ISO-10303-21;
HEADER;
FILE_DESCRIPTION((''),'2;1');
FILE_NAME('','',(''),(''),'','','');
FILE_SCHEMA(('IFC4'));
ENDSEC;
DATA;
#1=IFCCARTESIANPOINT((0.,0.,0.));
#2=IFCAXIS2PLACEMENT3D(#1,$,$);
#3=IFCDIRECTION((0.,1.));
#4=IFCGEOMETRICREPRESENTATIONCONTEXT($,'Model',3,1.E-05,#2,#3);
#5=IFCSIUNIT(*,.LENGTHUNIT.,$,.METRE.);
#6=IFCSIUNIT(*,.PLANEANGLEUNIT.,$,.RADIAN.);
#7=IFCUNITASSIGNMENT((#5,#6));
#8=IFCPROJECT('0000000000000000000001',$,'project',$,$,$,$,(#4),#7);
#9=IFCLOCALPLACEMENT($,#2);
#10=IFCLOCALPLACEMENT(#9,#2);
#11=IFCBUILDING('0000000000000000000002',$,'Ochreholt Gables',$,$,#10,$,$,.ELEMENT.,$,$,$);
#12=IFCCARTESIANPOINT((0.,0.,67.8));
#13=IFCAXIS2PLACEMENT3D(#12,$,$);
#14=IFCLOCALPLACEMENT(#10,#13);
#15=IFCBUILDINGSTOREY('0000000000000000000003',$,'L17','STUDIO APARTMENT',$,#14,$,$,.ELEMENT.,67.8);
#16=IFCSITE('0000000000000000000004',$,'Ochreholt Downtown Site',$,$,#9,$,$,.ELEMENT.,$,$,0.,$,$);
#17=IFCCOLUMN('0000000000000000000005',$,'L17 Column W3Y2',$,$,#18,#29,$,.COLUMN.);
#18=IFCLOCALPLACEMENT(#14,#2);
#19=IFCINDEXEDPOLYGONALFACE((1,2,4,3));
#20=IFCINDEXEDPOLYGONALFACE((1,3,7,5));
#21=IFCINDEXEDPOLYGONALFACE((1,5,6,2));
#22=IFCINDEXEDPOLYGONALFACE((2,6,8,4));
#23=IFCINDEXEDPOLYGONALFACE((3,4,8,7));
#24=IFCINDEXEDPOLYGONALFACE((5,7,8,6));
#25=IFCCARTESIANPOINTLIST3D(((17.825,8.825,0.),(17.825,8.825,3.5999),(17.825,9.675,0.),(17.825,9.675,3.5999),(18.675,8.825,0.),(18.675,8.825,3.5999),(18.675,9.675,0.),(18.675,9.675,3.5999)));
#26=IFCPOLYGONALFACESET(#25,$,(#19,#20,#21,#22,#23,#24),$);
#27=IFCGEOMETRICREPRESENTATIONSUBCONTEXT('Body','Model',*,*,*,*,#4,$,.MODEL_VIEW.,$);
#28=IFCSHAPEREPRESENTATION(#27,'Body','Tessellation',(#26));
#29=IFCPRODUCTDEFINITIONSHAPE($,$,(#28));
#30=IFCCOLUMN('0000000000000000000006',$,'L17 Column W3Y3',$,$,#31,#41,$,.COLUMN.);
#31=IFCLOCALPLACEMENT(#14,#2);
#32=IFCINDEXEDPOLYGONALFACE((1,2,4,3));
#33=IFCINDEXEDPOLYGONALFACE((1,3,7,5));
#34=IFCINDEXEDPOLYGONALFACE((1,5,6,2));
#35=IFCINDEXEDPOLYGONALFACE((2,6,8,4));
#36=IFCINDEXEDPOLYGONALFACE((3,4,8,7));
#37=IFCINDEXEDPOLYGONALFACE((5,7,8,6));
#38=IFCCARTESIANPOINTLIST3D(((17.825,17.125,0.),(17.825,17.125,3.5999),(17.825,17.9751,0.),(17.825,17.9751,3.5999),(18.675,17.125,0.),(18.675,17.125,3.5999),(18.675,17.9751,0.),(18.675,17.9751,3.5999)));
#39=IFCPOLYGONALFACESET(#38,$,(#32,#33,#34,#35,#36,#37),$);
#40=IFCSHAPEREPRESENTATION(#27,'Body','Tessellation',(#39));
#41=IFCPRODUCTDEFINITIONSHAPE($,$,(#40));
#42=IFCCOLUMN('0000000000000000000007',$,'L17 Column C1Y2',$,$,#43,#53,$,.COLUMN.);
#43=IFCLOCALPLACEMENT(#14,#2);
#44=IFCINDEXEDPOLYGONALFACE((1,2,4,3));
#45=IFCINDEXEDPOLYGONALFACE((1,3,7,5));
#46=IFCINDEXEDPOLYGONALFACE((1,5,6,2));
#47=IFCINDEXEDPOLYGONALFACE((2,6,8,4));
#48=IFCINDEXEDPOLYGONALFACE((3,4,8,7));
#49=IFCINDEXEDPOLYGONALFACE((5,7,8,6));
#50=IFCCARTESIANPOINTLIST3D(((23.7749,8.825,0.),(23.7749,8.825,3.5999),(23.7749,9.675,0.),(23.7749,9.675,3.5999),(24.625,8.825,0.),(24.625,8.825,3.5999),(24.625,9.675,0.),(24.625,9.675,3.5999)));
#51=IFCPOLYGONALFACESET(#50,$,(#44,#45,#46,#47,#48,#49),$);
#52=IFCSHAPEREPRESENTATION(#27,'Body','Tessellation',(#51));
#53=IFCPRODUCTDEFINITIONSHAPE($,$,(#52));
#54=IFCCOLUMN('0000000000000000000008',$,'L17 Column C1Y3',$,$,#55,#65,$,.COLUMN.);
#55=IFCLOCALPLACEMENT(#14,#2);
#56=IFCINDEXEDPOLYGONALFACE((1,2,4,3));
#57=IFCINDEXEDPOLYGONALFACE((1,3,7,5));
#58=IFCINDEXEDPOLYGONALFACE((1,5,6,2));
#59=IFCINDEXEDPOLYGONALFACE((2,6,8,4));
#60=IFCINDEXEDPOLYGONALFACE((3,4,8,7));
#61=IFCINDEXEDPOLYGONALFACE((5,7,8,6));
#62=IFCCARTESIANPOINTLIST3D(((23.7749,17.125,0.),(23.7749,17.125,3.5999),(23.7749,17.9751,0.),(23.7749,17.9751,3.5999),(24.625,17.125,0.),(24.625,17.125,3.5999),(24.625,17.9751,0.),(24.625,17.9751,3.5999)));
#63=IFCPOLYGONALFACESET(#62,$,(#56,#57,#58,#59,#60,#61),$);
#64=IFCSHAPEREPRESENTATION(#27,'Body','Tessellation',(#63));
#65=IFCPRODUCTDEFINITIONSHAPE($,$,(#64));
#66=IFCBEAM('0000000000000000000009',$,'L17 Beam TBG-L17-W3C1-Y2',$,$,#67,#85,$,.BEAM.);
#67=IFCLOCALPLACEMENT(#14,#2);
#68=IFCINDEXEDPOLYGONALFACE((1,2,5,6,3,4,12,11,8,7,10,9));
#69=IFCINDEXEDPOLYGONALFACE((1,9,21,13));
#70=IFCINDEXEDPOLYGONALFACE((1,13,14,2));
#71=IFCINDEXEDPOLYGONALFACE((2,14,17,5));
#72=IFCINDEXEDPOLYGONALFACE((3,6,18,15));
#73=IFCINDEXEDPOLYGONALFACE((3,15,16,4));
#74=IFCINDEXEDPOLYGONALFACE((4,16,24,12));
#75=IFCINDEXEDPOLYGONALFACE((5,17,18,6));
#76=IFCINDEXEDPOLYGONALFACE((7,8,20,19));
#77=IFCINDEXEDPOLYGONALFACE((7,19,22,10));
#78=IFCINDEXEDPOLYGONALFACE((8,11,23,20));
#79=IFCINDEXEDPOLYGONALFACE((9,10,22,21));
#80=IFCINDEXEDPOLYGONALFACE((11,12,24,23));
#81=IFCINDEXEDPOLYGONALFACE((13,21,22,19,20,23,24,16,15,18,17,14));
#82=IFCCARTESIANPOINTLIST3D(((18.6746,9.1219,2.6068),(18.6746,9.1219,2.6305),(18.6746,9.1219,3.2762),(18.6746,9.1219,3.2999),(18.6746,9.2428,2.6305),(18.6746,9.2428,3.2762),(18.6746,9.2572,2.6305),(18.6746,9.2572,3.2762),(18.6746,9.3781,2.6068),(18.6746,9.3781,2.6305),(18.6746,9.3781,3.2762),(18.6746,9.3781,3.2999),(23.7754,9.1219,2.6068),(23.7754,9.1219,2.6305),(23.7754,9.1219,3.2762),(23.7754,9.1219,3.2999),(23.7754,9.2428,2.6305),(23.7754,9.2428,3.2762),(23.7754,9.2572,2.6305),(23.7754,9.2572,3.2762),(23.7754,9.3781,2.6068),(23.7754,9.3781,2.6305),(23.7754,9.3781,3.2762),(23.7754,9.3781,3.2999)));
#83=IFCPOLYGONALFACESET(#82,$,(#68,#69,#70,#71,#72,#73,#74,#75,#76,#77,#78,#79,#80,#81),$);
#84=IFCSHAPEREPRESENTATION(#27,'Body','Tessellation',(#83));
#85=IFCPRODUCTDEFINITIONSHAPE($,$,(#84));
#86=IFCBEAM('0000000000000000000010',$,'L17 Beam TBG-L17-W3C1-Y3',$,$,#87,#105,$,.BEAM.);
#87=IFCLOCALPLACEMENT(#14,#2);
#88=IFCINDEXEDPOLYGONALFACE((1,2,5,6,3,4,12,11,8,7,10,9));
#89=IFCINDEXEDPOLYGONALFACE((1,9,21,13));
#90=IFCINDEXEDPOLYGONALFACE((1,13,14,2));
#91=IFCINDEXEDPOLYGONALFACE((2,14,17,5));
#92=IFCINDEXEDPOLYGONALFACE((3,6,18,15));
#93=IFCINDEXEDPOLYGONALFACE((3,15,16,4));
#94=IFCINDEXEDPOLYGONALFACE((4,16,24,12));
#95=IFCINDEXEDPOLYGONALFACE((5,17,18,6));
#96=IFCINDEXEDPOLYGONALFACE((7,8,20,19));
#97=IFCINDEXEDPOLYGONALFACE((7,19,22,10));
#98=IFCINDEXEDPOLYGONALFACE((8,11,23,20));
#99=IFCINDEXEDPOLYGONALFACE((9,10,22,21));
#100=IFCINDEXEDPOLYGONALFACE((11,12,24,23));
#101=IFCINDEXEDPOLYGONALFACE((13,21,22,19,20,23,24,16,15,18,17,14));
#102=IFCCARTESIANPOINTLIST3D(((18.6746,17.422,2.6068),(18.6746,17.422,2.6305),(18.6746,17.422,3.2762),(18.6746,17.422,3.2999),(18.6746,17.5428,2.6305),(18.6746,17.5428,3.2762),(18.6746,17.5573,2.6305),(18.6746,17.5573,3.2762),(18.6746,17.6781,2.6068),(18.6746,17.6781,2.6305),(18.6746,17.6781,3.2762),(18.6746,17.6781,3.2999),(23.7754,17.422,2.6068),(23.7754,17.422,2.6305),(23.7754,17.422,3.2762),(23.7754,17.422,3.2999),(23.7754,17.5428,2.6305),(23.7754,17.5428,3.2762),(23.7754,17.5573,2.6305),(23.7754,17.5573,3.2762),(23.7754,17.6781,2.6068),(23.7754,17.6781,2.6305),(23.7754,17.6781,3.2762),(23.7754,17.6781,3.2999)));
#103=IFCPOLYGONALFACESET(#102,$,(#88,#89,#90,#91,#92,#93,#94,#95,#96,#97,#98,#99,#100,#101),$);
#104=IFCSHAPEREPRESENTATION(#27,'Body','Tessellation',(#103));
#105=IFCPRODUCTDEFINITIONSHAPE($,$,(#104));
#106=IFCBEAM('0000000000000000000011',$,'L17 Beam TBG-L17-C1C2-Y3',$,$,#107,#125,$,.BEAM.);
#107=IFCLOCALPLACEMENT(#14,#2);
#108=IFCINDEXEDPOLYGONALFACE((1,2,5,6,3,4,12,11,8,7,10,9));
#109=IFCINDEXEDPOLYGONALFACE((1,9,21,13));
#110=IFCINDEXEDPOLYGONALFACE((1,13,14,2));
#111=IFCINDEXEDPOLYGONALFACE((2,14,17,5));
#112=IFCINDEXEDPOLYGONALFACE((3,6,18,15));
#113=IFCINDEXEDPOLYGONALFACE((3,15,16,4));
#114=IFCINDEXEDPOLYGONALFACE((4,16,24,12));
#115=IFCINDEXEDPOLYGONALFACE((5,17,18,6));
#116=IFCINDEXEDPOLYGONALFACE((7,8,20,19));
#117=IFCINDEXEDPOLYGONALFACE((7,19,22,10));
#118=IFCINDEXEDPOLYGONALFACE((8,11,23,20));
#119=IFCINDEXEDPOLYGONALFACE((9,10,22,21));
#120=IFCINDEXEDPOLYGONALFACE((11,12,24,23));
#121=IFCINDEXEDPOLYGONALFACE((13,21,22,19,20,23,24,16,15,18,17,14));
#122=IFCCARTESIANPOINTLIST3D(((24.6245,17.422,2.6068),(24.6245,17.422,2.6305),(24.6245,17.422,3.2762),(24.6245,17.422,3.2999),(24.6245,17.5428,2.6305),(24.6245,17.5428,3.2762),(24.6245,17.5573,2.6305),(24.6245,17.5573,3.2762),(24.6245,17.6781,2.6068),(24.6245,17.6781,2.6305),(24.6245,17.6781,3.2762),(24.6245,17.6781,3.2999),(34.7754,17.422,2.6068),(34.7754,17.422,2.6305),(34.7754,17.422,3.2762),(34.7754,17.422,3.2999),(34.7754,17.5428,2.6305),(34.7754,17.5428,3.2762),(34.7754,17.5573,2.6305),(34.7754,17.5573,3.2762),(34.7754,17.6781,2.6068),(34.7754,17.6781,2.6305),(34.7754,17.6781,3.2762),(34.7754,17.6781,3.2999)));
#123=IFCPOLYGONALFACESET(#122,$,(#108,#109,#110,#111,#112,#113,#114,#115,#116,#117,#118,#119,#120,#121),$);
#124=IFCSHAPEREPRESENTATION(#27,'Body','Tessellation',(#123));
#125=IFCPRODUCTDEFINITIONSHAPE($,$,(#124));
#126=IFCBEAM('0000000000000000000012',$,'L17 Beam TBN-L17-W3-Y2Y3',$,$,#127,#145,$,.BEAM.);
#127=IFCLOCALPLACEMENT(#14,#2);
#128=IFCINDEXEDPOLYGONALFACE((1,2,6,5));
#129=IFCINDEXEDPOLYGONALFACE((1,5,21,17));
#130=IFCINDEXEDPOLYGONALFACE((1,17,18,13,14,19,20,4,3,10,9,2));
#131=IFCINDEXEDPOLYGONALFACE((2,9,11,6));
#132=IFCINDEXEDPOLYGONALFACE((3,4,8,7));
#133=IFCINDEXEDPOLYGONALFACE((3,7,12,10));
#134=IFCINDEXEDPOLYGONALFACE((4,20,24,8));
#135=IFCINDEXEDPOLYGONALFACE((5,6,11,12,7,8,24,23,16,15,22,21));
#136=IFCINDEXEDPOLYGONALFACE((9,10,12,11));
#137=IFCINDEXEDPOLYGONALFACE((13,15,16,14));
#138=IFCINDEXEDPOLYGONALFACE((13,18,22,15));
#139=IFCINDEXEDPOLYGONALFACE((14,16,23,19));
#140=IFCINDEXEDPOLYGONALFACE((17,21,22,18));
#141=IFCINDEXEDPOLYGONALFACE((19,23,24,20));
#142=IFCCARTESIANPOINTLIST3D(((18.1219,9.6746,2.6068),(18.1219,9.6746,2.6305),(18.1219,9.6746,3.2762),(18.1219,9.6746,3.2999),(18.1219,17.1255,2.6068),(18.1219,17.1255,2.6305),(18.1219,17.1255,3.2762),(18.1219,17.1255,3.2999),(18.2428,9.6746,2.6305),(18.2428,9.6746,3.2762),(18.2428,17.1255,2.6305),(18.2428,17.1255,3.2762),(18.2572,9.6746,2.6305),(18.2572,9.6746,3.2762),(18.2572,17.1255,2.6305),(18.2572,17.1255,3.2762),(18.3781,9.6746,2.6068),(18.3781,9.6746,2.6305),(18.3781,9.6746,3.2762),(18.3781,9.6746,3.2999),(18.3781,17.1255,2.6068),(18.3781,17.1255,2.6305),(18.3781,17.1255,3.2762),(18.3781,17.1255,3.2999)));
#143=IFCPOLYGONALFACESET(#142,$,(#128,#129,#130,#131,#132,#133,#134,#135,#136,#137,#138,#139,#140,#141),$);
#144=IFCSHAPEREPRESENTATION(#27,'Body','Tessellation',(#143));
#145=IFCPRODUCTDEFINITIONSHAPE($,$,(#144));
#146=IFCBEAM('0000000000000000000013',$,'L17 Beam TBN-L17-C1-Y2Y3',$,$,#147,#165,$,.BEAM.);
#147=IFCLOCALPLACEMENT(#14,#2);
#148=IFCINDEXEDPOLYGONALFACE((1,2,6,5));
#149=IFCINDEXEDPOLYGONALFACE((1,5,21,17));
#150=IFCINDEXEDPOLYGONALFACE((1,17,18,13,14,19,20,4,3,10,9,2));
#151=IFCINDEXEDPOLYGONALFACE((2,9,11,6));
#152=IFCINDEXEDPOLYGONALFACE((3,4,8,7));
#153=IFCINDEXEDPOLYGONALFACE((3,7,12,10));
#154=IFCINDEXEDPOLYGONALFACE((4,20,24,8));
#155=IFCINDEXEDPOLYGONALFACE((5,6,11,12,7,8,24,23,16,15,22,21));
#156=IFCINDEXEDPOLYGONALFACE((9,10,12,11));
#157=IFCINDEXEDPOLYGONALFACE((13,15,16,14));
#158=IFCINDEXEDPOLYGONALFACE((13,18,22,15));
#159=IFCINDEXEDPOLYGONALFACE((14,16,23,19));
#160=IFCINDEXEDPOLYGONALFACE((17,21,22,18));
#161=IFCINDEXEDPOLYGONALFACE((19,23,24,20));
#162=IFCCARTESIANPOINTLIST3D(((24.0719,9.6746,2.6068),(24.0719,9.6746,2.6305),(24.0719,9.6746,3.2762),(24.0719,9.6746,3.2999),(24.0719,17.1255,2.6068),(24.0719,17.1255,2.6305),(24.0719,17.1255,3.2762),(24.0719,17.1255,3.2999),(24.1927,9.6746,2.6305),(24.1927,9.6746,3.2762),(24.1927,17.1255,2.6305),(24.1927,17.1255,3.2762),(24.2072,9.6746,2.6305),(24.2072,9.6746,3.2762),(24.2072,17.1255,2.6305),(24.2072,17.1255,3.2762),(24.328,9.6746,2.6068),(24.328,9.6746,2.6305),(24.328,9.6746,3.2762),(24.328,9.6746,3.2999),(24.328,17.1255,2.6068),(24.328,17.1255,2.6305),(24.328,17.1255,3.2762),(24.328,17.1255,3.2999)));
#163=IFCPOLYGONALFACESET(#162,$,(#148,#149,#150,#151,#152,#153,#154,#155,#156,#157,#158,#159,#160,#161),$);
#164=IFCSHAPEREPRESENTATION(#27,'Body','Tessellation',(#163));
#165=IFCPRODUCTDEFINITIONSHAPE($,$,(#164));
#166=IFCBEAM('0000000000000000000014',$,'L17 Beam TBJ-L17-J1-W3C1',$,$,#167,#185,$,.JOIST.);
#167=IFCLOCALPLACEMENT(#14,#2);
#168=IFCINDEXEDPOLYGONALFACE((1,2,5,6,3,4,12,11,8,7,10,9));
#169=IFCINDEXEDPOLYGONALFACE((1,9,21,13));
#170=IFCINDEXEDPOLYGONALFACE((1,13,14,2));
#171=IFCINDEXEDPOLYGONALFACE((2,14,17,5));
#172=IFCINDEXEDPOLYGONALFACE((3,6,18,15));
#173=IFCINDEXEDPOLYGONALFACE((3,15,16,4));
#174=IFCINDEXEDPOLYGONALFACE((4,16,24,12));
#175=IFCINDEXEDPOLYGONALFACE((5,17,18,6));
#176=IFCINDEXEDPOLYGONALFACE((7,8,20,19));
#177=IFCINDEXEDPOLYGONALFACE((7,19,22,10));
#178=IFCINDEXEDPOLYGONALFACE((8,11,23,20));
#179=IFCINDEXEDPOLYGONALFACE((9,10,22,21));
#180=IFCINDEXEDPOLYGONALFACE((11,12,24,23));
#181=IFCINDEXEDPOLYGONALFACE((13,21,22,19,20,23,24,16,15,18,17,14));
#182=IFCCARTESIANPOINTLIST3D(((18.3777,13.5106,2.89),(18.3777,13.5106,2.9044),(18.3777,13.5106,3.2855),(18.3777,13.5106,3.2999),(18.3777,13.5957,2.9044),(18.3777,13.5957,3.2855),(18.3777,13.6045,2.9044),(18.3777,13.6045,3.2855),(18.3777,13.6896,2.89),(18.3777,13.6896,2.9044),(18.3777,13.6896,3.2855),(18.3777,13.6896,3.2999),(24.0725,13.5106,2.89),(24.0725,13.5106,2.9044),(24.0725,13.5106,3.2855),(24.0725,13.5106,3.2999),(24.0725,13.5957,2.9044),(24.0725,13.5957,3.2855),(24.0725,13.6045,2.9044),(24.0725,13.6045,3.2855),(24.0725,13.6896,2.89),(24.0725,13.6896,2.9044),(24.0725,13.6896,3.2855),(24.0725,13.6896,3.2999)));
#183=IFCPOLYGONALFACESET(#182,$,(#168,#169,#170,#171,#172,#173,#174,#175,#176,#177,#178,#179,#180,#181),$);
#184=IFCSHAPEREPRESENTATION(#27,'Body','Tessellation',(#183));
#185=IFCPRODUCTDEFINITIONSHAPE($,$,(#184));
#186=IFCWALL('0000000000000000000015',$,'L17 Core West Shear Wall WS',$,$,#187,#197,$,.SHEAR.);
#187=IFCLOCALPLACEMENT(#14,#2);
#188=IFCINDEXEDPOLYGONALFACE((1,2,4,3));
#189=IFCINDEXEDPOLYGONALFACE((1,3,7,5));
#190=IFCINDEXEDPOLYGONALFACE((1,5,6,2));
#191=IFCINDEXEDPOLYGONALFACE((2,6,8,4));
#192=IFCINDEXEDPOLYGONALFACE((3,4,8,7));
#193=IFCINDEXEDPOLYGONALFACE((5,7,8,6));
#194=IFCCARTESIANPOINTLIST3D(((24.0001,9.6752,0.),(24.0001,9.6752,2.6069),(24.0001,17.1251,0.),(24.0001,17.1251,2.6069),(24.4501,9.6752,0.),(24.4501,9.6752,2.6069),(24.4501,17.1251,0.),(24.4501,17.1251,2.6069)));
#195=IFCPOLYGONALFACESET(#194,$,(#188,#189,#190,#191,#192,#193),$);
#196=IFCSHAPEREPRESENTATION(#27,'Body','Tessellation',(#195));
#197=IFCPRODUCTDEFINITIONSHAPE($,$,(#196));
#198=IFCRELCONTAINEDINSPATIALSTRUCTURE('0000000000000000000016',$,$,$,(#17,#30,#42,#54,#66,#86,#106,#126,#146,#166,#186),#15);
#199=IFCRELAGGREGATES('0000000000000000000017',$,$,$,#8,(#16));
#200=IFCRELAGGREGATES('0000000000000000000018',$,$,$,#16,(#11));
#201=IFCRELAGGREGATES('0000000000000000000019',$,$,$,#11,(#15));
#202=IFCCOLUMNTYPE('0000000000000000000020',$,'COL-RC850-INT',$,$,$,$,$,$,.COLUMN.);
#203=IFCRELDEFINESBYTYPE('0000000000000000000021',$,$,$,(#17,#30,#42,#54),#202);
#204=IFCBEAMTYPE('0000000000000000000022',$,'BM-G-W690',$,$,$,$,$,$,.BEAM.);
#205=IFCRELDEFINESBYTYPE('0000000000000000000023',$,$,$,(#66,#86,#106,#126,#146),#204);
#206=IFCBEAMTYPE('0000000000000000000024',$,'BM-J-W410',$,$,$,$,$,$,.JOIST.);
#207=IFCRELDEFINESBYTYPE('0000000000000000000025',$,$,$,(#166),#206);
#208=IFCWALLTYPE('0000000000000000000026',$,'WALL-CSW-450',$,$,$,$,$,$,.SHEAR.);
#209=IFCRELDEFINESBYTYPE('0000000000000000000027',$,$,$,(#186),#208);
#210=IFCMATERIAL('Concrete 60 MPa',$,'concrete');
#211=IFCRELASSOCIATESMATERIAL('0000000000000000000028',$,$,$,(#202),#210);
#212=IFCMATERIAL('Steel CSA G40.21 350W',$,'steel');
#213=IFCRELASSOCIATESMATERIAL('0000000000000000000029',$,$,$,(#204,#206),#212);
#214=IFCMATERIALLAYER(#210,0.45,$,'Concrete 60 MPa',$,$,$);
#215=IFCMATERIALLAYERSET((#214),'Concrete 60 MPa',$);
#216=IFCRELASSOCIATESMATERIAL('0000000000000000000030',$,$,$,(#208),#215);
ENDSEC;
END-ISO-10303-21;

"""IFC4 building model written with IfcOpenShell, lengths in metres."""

from ifc_helpers import new_model, si_unit, direction, frame, frame_2d, origin, origin_2d, place, context, subcontext, project, spatial, rectangle, i_section, extrude, material, layer, layer_set, material_profile, profile_set, type_object, element, save


model = new_model("IFC4")

# Units and contexts
model_context = context("Model", 3, precision=1e-05, world=origin(), true_north=direction((0.0, 1.0)))
body_context = subcontext(model_context, "Body", "Model", "MODEL_VIEW")
ifc_project = project(units=[si_unit("LENGTHUNIT", "METRE"), si_unit("PLANEANGLEUNIT", "RADIAN")], contexts=[model_context])

# Site, building, storey
site_placement = place(None, origin())
site = spatial("IfcSite", under=ifc_project, at=site_placement, Name="Ochreholt Downtown Site", CompositionType="ELEMENT", RefElevation=0.0)
building_placement = place(site_placement, origin())
building = spatial("IfcBuilding", under=site, at=building_placement, Name="Ochreholt Gables", CompositionType="ELEMENT")
storey_placement = place(building_placement, frame((0.0, 0.0, 67.8)))
storey = spatial("IfcBuildingStorey", under=building, at=storey_placement, Name="L17", Description="STUDIO APARTMENT", CompositionType="ELEMENT", Elevation=67.8)

# Columns
ifc_material_1 = material(Name="Concrete 60 MPa", Category="concrete")
ifc_material_profile_1 = material_profile(ifc_material_1, rectangle(XDim=0.8501, YDim=0.8501, at=origin_2d()), Name="RC850X850")
ifc_profile_set_1 = profile_set([ifc_material_profile_1], Name="Concrete 60 MPa")
column_type = type_object("IfcColumnType", Name="COL-RC850-INT", PredefinedType="COLUMN", material=ifc_profile_set_1)
for number, where, z_axis, x_axis, name in (
    (1, (18.25, 9.25, 0.0), (0.0, 0.0, 1.0), (1.0, 0.0, 0.0), "L17 Column W3Y2"),
    (2, (18.25, 17.55, 0.0), (0.0, 0.0, 1.0), (1.0, 0.0, 0.0), "L17 Column W3Y3"),
    (3, (24.2, 9.25, 0.0), (0.0, 0.0, 1.0), (1.0, 0.0, 0.0), "L17 Column C1Y2"),
    (4, (24.2, 17.55, 0.0), (0.0, 0.0, 1.0), (1.0, 0.0, 0.0), "L17 Column C1Y3"),
):
    element("IfcColumn", number, at=place(storey_placement, frame(where, z_axis=z_axis, x_axis=x_axis)), inside=storey, type_object=column_type, Name=name, PredefinedType="COLUMN", context=body_context, shape_type="SweptSolid", body=[
        extrude(rectangle(XDim=0.8501, YDim=0.8501, at=origin_2d()), origin(), (0.0, 0.0, 1.0), 3.5999),
    ])

# Beams
ifc_material_2 = material(Name="Steel CSA G40.21 350W", Category="steel")
ifc_material_profile_2 = material_profile(ifc_material_2, i_section(OverallWidth=0.2561, OverallDepth=0.6931, WebThickness=0.0144, FlangeThickness=0.0237, at=origin_2d()), Name="W690X170")
ifc_profile_set_2 = profile_set([ifc_material_profile_2], Name="Steel CSA G40.21 350W")
beam_type_1 = type_object("IfcBeamType", Name="BM-G-W690", PredefinedType="BEAM", material=ifc_profile_set_2)
for number, where, z_axis, x_axis, name in (
    (5, (18.6746, 9.25, 2.9534), (1.0, 0.0, 0.0), (0.0, 1.0, 0.0), "L17 Beam TBG-L17-W3C1-Y2"),
    (6, (18.6746, 17.55, 2.9534), (1.0, 0.0, 0.0), (0.0, 1.0, 0.0), "L17 Beam TBG-L17-W3C1-Y3"),
):
    element("IfcBeam", number, at=place(storey_placement, frame(where, z_axis=z_axis, x_axis=x_axis)), inside=storey, type_object=beam_type_1, Name=name, PredefinedType="BEAM", context=body_context, shape_type="SweptSolid", body=[
        extrude(i_section(OverallWidth=0.2561, OverallDepth=0.6931, WebThickness=0.0144, FlangeThickness=0.0237, at=origin_2d()), origin(), (0.0, 0.0, 1.0), 5.1008),
    ])
beam_1_placement = place(storey_placement, frame((24.6245, 17.55, 2.9534), z_axis=(1.0, 0.0, 0.0), x_axis=(0.0, 1.0, 0.0)))
element("IfcBeam", 7, at=beam_1_placement, inside=storey, type_object=beam_type_1, Name="L17 Beam TBG-L17-C1C2-Y3", PredefinedType="BEAM", context=body_context, shape_type="SweptSolid", body=[
    extrude(i_section(OverallWidth=0.2561, OverallDepth=0.6931, WebThickness=0.0144, FlangeThickness=0.0237, at=origin_2d()), origin(), (0.0, 0.0, 1.0), 10.1509),
])
for number, where, z_axis, x_axis, name in (
    (8, (18.25, 9.6746, 2.9534), (0.0, 1.0, 0.0), (-1.0, 0.0, 0.0), "L17 Beam TBN-L17-W3-Y2Y3"),
    (9, (24.2, 9.6746, 2.9534), (0.0, 1.0, 0.0), (-1.0, 0.0, 0.0), "L17 Beam TBN-L17-C1-Y2Y3"),
):
    element("IfcBeam", number, at=place(storey_placement, frame(where, z_axis=z_axis, x_axis=x_axis)), inside=storey, type_object=beam_type_1, Name=name, PredefinedType="BEAM", context=body_context, shape_type="SweptSolid", body=[
        extrude(i_section(OverallWidth=0.2561, OverallDepth=0.6931, WebThickness=0.0144, FlangeThickness=0.0237, at=origin_2d()), origin(), (0.0, 0.0, 1.0), 7.4509),
    ])
ifc_material_profile_3 = material_profile(ifc_material_2, i_section(OverallWidth=0.179, OverallDepth=0.4099, WebThickness=0.0088, FlangeThickness=0.0144, at=origin_2d()), Name="W410X67")
ifc_profile_set_3 = profile_set([ifc_material_profile_3], Name="Steel CSA G40.21 350W")
beam_type_2 = type_object("IfcBeamType", Name="BM-J-W410", PredefinedType="JOIST", material=ifc_profile_set_3)
beam_2_placement = place(storey_placement, frame((18.3777, 13.6001, 3.095), z_axis=(1.0, 0.0, 0.0), x_axis=(0.0, 1.0, 0.0)))
element("IfcBeam", 10, at=beam_2_placement, inside=storey, type_object=beam_type_2, Name="L17 Beam TBJ-L17-J1-W3C1", PredefinedType="JOIST", context=body_context, shape_type="SweptSolid", body=[
    extrude(i_section(OverallWidth=0.179, OverallDepth=0.4099, WebThickness=0.0088, FlangeThickness=0.0144, at=origin_2d()), origin(), (0.0, 0.0, 1.0), 5.6948),
])

# Wall
ifc_layer_1 = layer(ifc_material_1, 0.45, Name="Concrete 60 MPa")
ifc_layer_set_1 = layer_set([ifc_layer_1], Name="Concrete 60 MPa")
wall_type_1 = type_object("IfcWallType", Name="WALL-CSW-450", PredefinedType="SHEAR", material=ifc_layer_set_1)
wall_1_placement = place(storey_placement, frame((24.2251, 9.675, 0.0), z_axis=(0.0, 0.0, 1.0), x_axis=(0.0, 1.0, 0.0)))
element("IfcWall", 11, at=wall_1_placement, inside=storey, type_object=wall_type_1, Name="L17 Core West Shear Wall WS", PredefinedType="SHEAR", context=body_context, shape_type="SweptSolid", body=[
    extrude(rectangle(XDim=7.45, YDim=0.45, at=frame_2d((3.7251, 0.0))), origin(), (0.0, 0.0, 1.0), 2.6069),
])

save(model, "model.ifc")
